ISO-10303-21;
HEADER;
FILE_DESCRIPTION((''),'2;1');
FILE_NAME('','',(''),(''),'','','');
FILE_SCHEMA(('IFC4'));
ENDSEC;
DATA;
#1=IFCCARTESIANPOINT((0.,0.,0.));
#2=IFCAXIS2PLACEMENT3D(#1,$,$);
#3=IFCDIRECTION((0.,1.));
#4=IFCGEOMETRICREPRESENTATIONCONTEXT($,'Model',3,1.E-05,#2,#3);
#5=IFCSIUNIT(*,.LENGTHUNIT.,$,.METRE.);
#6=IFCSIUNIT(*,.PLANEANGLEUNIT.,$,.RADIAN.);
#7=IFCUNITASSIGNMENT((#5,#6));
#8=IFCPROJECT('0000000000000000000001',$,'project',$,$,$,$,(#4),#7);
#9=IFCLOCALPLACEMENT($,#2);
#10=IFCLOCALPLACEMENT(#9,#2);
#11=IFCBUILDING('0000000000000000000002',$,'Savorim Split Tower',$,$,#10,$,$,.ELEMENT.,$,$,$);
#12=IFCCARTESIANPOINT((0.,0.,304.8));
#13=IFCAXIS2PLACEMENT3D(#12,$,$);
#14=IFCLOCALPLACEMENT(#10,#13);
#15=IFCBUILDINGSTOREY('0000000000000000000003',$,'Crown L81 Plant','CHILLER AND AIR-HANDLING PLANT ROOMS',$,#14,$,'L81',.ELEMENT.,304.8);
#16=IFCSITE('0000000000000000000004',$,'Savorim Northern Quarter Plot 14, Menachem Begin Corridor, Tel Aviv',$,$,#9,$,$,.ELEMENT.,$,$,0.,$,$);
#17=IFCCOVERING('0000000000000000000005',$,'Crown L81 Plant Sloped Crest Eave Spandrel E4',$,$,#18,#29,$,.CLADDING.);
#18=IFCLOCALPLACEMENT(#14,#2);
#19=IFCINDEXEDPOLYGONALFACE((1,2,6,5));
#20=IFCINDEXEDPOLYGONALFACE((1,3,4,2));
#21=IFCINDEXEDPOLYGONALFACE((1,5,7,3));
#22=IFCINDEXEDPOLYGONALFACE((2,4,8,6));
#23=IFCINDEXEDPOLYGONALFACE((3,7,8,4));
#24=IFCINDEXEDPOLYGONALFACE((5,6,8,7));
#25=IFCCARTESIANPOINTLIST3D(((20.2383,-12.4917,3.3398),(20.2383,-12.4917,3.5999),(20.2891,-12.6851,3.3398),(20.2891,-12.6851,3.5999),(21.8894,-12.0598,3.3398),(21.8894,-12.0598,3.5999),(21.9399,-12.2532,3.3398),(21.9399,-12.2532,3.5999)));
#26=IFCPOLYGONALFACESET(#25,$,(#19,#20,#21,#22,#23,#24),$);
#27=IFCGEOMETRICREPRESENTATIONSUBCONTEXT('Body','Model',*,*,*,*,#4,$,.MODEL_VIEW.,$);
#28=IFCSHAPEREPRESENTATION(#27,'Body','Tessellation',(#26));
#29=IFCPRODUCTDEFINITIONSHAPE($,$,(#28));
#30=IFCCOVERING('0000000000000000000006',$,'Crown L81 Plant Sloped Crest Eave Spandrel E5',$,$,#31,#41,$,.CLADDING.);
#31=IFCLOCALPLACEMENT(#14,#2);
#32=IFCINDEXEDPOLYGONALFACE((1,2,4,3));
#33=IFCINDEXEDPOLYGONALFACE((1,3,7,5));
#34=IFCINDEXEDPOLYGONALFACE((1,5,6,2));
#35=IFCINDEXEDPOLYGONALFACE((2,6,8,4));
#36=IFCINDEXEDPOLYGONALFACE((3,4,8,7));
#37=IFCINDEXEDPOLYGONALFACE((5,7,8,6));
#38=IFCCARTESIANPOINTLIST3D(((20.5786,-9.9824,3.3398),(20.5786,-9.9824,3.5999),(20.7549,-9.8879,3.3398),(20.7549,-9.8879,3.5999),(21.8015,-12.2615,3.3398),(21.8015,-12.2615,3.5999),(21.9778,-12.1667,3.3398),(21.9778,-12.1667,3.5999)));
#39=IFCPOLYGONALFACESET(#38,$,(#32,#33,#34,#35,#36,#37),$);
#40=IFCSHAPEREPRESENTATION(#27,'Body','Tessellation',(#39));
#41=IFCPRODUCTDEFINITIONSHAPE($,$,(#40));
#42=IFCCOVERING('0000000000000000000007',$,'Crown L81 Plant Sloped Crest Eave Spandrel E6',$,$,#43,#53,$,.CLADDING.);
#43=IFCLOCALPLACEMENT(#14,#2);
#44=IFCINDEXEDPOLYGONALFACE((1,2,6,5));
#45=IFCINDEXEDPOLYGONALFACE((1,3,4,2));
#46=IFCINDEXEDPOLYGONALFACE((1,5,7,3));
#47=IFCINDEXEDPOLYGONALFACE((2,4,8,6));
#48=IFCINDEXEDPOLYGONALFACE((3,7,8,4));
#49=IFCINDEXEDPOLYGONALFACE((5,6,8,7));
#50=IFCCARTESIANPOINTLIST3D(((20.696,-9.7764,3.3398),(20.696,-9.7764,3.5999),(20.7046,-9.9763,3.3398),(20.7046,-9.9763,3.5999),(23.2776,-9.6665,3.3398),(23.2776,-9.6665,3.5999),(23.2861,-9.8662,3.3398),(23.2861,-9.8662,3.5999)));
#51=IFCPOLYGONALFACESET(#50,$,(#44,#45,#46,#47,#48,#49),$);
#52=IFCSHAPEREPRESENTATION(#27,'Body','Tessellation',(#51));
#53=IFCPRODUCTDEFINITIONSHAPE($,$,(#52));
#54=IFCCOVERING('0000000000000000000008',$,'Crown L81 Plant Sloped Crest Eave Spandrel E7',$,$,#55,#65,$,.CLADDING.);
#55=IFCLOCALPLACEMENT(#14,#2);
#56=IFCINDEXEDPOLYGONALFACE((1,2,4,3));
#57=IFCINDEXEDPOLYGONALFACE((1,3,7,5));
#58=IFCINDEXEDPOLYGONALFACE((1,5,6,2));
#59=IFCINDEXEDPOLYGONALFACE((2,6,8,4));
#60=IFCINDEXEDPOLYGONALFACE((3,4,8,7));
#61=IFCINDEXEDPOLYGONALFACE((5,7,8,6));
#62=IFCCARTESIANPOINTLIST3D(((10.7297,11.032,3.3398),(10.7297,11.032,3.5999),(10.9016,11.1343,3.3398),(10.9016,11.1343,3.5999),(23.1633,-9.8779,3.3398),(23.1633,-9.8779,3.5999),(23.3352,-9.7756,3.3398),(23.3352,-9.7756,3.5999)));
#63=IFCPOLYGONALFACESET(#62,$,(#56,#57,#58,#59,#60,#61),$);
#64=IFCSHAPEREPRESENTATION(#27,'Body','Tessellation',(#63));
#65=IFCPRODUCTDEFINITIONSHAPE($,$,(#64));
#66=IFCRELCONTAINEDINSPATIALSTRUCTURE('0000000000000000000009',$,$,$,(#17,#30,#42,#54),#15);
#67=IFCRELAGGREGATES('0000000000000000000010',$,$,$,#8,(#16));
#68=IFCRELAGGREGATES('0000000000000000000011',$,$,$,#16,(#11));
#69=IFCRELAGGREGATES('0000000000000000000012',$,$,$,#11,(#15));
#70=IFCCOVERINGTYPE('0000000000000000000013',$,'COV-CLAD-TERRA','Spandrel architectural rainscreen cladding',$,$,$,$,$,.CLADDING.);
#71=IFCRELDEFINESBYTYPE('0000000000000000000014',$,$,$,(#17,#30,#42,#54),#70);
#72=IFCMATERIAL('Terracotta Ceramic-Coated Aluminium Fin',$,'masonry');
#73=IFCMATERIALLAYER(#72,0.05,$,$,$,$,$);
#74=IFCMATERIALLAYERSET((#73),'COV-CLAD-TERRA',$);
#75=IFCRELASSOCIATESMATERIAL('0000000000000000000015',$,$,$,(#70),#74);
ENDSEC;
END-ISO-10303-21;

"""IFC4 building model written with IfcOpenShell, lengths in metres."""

from ifc_helpers import new_model, si_unit, direction, frame, origin, place, context, subcontext, project, spatial, polyline, outline, extrude, material, layer, layer_set, type_object, element, save


model = new_model("IFC4")

# Units and contexts
model_context = context("Model", 3, precision=1e-05, world=origin(), true_north=direction((0.0, 1.0)))
body_context = subcontext(model_context, "Body", "Model", "MODEL_VIEW")
ifc_project = project(units=[si_unit("LENGTHUNIT", "METRE"), si_unit("PLANEANGLEUNIT", "RADIAN")], contexts=[model_context])

# Site, building, storey
site_placement = place(None, origin())
site = spatial("IfcSite", under=ifc_project, at=site_placement, Name="Savorim Northern Quarter Plot 14, Menachem Begin Corridor, Tel Aviv", CompositionType="ELEMENT", RefElevation=0.0)
building_placement = place(site_placement, origin())
building = spatial("IfcBuilding", under=site, at=building_placement, Name="Savorim Split Tower", CompositionType="ELEMENT")
storey_placement = place(building_placement, frame((0.0, 0.0, 304.8)))
storey = spatial("IfcBuildingStorey", under=building, at=storey_placement, Name="Crown L81 Plant", Description="CHILLER AND AIR-HANDLING PLANT ROOMS", LongName="L81", CompositionType="ELEMENT", Elevation=304.8)

# Coverings
ifc_material_1 = material(Name="Terracotta Ceramic-Coated Aluminium Fin", Category="masonry")
ifc_layer_1 = layer(ifc_material_1, 0.05)
ifc_layer_set_1 = layer_set([ifc_layer_1], Name="COV-CLAD-TERRA")
covering_type_1 = type_object("IfcCoveringType", Name="COV-CLAD-TERRA", Description="Spandrel architectural rainscreen cladding", PredefinedType="CLADDING", material=ifc_layer_set_1)
covering_1_placement = place(storey_placement, frame((0.0, 0.0, 3.3398)))
element("IfcCovering", 1, at=covering_1_placement, inside=storey, type_object=covering_type_1, Name="Crown L81 Plant Sloped Crest Eave Spandrel E4", PredefinedType="CLADDING", context=body_context, shape_type="SweptSolid", body=[
    extrude(outline(polyline([(20.2891, -12.6851), (21.9399, -12.2532), (21.8894, -12.0598), (20.2383, -12.4917), (20.2891, -12.6851)])), origin(), (0.0, 0.0, 1.0), 0.26),
])
covering_2_placement = place(storey_placement, frame((0.0, 0.0, 3.3398)))
element("IfcCovering", 2, at=covering_2_placement, inside=storey, type_object=covering_type_1, Name="Crown L81 Plant Sloped Crest Eave Spandrel E5", PredefinedType="CLADDING", context=body_context, shape_type="SweptSolid", body=[
    extrude(outline(polyline([(21.9778, -12.1667), (20.7549, -9.8879), (20.5786, -9.9824), (21.8015, -12.2615), (21.9778, -12.1667)])), origin(), (0.0, 0.0, 1.0), 0.26),
])
covering_3_placement = place(storey_placement, frame((0.0, 0.0, 3.3398)))
element("IfcCovering", 3, at=covering_3_placement, inside=storey, type_object=covering_type_1, Name="Crown L81 Plant Sloped Crest Eave Spandrel E6", PredefinedType="CLADDING", context=body_context, shape_type="SweptSolid", body=[
    extrude(outline(polyline([(20.7046, -9.9763), (23.2861, -9.8662), (23.2776, -9.6665), (20.696, -9.7764), (20.7046, -9.9763)])), origin(), (0.0, 0.0, 1.0), 0.26),
])
covering_4_placement = place(storey_placement, frame((0.0, 0.0, 3.3398)))
element("IfcCovering", 4, at=covering_4_placement, inside=storey, type_object=covering_type_1, Name="Crown L81 Plant Sloped Crest Eave Spandrel E7", PredefinedType="CLADDING", context=body_context, shape_type="SweptSolid", body=[
    extrude(outline(polyline([(23.3352, -9.7756), (10.9016, 11.1343), (10.7297, 11.032), (23.1633, -9.8779), (23.3352, -9.7756)])), origin(), (0.0, 0.0, 1.0), 0.26),
])

save(model, "model.ifc")
